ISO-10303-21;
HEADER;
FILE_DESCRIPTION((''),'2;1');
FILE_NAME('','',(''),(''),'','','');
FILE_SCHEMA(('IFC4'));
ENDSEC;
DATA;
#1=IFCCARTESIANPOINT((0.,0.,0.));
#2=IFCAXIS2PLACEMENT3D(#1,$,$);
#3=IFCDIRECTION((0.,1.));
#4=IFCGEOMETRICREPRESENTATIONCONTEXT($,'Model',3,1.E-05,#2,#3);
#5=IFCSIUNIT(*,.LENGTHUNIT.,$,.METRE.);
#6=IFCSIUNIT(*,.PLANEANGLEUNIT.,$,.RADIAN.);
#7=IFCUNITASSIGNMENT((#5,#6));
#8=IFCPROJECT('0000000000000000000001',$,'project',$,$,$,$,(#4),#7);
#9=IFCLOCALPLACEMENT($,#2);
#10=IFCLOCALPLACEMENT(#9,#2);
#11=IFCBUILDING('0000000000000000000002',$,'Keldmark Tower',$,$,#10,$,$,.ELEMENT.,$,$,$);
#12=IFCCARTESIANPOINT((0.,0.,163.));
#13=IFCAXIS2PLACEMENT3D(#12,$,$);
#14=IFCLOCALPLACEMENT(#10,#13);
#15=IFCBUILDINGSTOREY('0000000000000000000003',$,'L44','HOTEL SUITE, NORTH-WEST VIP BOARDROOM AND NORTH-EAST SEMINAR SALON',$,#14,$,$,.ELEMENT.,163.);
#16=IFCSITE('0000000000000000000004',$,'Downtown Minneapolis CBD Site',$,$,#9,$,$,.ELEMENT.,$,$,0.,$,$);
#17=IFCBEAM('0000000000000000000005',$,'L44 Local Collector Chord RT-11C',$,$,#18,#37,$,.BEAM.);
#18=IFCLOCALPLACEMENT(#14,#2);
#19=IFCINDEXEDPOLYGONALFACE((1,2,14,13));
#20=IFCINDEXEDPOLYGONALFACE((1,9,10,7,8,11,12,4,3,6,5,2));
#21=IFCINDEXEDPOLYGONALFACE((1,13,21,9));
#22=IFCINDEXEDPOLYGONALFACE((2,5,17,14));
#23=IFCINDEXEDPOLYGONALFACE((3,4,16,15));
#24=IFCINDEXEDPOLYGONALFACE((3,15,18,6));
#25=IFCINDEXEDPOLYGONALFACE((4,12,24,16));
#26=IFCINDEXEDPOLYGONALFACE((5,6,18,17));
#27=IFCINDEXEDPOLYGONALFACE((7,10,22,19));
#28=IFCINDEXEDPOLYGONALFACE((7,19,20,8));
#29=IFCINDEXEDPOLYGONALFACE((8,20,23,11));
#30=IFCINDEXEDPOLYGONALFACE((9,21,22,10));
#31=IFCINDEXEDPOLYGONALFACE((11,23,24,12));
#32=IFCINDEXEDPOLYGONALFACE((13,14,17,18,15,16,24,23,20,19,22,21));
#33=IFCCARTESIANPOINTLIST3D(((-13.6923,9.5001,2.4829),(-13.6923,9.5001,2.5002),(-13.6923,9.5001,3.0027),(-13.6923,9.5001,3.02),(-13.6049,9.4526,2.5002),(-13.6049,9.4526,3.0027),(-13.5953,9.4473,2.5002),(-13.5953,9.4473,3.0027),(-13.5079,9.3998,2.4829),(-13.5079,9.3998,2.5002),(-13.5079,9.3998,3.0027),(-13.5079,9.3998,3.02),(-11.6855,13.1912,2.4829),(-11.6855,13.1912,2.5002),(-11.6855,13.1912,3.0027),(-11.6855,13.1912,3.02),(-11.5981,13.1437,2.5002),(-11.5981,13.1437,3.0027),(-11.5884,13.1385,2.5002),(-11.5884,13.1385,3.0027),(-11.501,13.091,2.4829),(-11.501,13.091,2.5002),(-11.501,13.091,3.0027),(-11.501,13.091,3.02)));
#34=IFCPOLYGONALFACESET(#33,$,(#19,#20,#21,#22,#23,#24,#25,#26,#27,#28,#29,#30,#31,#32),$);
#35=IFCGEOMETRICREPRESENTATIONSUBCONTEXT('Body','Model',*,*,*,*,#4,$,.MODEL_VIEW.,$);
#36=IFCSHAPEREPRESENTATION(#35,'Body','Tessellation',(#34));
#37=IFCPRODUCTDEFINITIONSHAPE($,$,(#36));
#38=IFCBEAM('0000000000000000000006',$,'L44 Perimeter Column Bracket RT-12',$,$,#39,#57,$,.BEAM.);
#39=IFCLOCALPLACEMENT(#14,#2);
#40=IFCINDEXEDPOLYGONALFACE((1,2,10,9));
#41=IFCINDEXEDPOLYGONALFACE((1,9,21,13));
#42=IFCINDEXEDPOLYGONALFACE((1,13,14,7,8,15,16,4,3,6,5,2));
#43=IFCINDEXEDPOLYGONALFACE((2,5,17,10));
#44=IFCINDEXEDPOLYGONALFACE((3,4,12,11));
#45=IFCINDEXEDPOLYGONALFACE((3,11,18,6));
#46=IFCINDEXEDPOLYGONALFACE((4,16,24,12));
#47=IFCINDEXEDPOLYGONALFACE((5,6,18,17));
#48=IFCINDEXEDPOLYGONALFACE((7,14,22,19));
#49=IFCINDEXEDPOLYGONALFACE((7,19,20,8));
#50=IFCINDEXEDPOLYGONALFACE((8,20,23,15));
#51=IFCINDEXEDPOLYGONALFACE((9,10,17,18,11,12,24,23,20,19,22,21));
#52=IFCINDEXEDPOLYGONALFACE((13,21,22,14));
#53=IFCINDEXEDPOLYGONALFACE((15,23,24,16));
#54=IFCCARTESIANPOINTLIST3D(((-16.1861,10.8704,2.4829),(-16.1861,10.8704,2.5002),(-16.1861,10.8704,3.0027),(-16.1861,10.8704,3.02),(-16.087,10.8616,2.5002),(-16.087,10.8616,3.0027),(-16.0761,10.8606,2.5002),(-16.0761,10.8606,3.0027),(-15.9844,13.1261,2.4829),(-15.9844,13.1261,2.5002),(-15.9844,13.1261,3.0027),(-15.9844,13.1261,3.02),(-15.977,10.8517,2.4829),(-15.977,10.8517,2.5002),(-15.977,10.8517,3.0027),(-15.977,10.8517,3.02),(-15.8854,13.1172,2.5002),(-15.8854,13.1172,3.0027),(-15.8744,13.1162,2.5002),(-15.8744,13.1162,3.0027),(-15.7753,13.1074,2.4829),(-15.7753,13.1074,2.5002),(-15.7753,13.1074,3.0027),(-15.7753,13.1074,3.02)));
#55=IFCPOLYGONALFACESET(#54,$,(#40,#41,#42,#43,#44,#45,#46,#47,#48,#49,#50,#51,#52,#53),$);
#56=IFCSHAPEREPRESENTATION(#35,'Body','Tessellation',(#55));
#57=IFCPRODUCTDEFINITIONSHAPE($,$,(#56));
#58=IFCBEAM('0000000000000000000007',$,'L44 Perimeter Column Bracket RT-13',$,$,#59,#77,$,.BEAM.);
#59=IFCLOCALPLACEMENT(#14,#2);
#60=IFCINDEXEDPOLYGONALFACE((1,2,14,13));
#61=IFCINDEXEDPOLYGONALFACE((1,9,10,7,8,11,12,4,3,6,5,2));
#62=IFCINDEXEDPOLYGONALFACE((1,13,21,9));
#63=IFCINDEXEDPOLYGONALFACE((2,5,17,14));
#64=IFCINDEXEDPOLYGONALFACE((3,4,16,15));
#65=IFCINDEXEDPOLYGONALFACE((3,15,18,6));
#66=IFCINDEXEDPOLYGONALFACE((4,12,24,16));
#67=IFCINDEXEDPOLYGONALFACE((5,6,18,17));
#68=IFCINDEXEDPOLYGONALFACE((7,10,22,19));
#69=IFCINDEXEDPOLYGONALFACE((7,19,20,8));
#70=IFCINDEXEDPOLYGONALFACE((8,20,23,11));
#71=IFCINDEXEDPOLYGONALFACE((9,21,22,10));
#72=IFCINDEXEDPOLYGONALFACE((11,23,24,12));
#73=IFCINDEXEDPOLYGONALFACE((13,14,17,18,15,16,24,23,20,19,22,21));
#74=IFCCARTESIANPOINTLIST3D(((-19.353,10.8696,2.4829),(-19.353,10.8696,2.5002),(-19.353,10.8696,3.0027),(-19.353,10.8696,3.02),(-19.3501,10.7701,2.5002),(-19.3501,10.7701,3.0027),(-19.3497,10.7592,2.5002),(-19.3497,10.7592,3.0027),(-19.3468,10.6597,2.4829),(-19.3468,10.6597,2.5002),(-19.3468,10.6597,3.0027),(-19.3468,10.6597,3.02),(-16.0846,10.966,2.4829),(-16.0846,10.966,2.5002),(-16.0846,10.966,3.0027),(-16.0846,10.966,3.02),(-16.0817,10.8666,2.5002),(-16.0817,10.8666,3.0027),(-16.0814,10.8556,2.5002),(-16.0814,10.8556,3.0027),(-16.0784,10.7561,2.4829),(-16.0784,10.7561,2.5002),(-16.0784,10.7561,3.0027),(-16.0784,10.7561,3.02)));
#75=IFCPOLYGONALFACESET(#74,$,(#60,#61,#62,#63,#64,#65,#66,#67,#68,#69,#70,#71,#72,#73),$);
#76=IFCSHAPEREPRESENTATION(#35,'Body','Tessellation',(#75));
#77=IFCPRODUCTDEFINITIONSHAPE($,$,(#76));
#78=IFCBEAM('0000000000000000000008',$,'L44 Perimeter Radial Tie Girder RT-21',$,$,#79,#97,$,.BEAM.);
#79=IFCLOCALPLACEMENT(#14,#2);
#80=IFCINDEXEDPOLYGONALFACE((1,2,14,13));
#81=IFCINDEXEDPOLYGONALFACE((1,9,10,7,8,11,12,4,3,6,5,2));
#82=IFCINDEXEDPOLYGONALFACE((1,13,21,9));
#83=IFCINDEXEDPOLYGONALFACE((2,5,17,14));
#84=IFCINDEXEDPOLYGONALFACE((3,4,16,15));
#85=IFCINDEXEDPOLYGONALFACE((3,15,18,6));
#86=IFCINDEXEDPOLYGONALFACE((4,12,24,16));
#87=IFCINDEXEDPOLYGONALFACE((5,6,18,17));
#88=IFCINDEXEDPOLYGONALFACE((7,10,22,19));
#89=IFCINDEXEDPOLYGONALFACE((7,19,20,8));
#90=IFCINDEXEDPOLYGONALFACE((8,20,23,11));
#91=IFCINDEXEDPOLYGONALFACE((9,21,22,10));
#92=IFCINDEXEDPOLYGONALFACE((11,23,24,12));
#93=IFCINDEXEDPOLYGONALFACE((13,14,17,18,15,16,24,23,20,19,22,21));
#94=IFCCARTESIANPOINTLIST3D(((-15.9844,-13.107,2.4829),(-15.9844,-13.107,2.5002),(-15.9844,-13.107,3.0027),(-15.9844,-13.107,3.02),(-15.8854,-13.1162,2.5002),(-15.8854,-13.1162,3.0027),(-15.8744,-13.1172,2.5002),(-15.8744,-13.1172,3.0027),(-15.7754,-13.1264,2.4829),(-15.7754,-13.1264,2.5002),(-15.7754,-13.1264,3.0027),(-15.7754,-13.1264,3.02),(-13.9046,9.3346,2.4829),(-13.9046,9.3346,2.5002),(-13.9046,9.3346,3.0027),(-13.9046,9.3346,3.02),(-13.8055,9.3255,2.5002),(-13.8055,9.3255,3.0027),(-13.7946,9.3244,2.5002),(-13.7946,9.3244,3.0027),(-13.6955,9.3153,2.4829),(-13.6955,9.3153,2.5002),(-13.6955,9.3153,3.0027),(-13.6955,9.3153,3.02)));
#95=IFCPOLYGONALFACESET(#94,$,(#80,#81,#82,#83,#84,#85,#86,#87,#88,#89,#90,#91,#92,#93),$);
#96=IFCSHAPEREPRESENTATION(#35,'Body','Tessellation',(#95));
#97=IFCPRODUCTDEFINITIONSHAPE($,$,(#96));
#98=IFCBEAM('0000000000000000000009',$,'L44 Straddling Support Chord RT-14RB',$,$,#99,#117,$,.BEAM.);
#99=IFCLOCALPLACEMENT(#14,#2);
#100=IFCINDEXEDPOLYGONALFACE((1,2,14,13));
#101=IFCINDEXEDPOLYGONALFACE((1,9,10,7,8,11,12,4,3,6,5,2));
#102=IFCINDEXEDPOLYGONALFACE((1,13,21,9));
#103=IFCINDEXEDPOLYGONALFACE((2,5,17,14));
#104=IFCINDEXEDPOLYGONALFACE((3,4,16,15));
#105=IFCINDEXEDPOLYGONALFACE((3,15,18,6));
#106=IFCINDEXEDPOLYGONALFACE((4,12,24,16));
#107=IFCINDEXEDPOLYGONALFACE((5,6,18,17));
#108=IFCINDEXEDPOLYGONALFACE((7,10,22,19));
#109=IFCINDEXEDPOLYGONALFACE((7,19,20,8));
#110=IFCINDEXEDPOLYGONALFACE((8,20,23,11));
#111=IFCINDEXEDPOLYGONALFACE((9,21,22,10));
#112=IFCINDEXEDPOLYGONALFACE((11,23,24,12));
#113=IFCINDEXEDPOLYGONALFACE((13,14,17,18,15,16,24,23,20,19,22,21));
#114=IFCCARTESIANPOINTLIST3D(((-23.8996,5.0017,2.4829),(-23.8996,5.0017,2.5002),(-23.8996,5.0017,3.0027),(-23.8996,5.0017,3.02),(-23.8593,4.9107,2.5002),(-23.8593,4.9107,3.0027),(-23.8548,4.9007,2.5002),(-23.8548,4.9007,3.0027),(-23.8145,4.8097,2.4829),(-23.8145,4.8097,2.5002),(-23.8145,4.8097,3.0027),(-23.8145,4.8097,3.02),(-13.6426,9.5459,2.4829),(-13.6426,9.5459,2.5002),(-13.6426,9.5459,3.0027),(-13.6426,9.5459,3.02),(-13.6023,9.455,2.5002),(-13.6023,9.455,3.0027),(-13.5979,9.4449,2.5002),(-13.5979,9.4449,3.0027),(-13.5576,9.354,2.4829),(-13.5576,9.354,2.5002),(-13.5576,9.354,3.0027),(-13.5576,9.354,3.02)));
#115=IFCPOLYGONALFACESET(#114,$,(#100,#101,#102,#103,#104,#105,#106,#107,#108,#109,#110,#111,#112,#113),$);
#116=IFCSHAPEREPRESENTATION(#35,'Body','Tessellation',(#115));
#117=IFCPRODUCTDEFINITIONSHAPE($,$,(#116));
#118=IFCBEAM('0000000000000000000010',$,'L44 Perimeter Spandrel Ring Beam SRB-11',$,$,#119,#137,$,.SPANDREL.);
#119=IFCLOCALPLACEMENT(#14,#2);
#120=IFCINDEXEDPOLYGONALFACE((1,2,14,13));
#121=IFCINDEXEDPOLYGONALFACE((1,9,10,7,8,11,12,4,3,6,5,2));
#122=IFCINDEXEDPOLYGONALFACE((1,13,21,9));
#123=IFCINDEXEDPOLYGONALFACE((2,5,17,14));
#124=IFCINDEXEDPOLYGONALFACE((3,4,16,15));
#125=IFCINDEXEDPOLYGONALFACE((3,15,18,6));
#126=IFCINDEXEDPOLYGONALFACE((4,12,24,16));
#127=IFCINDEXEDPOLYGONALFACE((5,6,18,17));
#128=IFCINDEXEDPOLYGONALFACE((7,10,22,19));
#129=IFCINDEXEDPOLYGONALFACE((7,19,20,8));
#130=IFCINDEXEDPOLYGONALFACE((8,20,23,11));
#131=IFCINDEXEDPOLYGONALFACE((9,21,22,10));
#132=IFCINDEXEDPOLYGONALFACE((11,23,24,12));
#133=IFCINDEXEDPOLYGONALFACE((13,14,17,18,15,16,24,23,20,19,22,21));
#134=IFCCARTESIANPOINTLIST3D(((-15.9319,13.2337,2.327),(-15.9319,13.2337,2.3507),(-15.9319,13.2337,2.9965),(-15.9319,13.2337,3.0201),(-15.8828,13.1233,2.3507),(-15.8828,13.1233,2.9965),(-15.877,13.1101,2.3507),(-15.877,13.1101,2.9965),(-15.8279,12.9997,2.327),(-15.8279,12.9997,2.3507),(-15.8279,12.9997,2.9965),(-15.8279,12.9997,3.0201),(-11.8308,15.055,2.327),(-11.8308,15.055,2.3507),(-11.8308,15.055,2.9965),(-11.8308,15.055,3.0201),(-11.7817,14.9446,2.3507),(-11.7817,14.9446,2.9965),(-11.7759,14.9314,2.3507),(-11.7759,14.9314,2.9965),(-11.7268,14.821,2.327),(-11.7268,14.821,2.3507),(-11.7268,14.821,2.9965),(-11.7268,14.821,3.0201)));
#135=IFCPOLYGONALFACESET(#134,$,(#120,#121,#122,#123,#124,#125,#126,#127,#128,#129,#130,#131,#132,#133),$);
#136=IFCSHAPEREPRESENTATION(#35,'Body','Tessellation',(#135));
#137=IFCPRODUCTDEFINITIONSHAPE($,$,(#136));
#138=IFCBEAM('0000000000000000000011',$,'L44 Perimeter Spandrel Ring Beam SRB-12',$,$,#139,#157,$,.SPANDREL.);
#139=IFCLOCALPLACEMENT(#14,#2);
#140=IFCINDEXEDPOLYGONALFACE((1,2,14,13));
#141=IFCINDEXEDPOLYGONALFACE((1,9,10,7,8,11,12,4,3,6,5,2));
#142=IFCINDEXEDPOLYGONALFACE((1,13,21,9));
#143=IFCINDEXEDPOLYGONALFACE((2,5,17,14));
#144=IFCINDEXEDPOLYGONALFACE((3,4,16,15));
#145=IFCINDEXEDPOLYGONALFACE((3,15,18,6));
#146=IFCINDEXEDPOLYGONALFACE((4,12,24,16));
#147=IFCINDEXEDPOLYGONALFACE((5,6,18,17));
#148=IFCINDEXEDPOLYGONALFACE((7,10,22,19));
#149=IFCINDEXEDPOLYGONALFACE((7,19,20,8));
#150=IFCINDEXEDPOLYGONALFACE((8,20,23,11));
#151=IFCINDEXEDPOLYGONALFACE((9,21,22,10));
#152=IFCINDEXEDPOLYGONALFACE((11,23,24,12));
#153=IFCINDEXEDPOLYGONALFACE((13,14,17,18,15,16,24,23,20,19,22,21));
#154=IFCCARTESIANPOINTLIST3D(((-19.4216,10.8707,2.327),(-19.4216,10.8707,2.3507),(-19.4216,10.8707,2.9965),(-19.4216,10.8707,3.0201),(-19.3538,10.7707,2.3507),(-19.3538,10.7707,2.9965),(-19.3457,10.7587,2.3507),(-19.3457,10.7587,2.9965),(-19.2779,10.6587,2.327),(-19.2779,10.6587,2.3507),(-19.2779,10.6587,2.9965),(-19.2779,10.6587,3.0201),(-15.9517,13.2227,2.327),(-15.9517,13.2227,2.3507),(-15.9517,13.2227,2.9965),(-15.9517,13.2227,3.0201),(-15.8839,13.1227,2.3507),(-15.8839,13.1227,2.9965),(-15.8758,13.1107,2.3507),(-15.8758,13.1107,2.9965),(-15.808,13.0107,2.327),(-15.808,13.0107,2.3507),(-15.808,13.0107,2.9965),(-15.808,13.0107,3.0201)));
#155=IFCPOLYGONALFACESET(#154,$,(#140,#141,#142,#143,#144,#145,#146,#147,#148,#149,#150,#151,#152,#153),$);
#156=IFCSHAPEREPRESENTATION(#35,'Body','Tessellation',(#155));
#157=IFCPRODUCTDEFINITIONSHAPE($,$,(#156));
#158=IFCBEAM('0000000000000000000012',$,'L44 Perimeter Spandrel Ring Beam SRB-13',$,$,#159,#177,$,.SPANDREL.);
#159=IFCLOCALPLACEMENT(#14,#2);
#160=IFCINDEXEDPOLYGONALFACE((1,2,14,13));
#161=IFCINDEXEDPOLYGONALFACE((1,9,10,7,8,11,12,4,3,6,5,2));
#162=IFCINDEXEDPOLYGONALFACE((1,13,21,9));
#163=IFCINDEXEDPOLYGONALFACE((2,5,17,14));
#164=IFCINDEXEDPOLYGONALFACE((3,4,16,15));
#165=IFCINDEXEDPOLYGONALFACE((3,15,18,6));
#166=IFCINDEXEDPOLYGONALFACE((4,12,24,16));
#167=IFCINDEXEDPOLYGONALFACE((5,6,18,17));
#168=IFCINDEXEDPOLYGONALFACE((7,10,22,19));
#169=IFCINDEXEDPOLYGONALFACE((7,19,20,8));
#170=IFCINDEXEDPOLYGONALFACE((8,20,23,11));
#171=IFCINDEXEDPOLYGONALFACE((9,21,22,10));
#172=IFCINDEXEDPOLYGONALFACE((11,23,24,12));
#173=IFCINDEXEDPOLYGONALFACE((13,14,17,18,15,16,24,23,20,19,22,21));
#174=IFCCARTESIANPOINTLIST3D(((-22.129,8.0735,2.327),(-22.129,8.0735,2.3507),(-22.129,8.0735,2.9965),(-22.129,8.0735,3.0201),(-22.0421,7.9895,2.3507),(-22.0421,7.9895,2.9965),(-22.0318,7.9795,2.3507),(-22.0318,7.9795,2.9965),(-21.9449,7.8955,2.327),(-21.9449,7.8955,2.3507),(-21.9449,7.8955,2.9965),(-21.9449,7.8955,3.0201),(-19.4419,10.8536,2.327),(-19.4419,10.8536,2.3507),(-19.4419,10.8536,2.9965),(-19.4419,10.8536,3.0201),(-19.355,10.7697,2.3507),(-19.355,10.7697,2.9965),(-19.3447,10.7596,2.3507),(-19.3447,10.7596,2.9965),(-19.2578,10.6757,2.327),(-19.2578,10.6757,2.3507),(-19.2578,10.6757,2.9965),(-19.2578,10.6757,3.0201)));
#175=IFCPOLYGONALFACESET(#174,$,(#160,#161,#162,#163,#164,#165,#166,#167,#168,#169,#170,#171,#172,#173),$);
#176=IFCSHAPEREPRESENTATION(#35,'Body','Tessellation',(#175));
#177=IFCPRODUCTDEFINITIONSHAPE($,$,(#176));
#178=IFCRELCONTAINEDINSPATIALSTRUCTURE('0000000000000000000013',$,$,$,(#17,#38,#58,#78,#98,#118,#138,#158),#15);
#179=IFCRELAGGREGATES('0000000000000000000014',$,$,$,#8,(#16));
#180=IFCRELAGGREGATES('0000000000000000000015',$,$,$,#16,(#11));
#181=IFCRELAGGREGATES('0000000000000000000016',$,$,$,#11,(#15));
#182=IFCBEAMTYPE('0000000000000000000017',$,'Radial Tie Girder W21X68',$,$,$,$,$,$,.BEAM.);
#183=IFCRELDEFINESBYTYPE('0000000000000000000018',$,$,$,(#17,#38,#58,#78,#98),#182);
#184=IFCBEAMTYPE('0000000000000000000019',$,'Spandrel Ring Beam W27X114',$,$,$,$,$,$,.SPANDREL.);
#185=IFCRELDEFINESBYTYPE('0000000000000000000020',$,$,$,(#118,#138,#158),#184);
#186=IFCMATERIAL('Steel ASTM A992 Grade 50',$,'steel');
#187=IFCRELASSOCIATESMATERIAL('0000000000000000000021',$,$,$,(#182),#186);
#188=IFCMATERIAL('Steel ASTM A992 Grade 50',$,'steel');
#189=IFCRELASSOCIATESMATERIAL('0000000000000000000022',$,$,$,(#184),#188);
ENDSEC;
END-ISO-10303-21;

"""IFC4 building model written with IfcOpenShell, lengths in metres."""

from ifc_helpers import new_model, si_unit, direction, frame, origin, origin_2d, place, context, subcontext, project, spatial, i_section, extrude, material, material_profile, profile_set, type_object, element, save


model = new_model("IFC4")

# Units and contexts
model_context = context("Model", 3, precision=1e-05, world=origin(), true_north=direction((0.0, 1.0)))
body_context = subcontext(model_context, "Body", "Model", "MODEL_VIEW")
ifc_project = project(units=[si_unit("LENGTHUNIT", "METRE"), si_unit("PLANEANGLEUNIT", "RADIAN")], contexts=[model_context])

# Site, building, storey
site_placement = place(None, origin())
site = spatial("IfcSite", under=ifc_project, at=site_placement, Name="Downtown Minneapolis CBD Site", CompositionType="ELEMENT", RefElevation=0.0)
building_placement = place(site_placement, origin())
building = spatial("IfcBuilding", under=site, at=building_placement, Name="Keldmark Tower", CompositionType="ELEMENT")
storey_placement = place(building_placement, frame((0.0, 0.0, 163.0)))
storey = spatial("IfcBuildingStorey", under=building, at=storey_placement, Name="L44", Description="HOTEL SUITE, NORTH-WEST VIP BOARDROOM AND NORTH-EAST SEMINAR SALON", CompositionType="ELEMENT", Elevation=163.0)

# Beams
ifc_material_1 = material(Name="Steel ASTM A992 Grade 50", Category="steel")
ifc_material_profile_1 = material_profile(ifc_material_1, i_section(OverallWidth=0.21, OverallDepth=0.5371, WebThickness=0.011, FlangeThickness=0.0173, at=origin_2d()), Name="W21X68")
ifc_profile_set_1 = profile_set([ifc_material_profile_1], Name="Steel ASTM A992 Grade 50")
beam_type_1 = type_object("IfcBeamType", Name="Radial Tie Girder W21X68", PredefinedType="BEAM", material=ifc_profile_set_1)
beam_1_placement = place(storey_placement, frame((-13.6001, 9.45, 2.7515), z_axis=(0.477655, 0.878548, 0.0), x_axis=(-0.878548, 0.477655, 0.0)))
element("IfcBeam", 1, at=beam_1_placement, inside=storey, type_object=beam_type_1, Name="L44 Local Collector Chord RT-11C", PredefinedType="BEAM", context=body_context, shape_type="SweptSolid", body=[
    extrude(i_section(OverallWidth=0.21, OverallDepth=0.5371, WebThickness=0.011, FlangeThickness=0.0173, at=origin_2d()), origin(), (0.0, 0.0, 1.0), 4.2014),
])
beam_2_placement = place(storey_placement, frame((-16.0815, 10.8611, 2.7515), z_axis=(0.089048, 0.996027, 0.0), x_axis=(-0.996027, 0.089048, 0.0)))
element("IfcBeam", 2, at=beam_2_placement, inside=storey, type_object=beam_type_1, Name="L44 Perimeter Column Bracket RT-12", PredefinedType="BEAM", context=body_context, shape_type="SweptSolid", body=[
    extrude(i_section(OverallWidth=0.21, OverallDepth=0.5371, WebThickness=0.011, FlangeThickness=0.0173, at=origin_2d()), origin(), (0.0, 0.0, 1.0), 2.2646),
])
beam_3_placement = place(storey_placement, frame((-16.0815, 10.8611, 2.7515), z_axis=(-0.999565, -0.029493, 0.0), x_axis=(0.029493, -0.999565, 0.0)))
element("IfcBeam", 3, at=beam_3_placement, inside=storey, type_object=beam_type_1, Name="L44 Perimeter Column Bracket RT-13", PredefinedType="BEAM", context=body_context, shape_type="SweptSolid", body=[
    extrude(i_section(OverallWidth=0.21, OverallDepth=0.5371, WebThickness=0.011, FlangeThickness=0.0173, at=origin_2d()), origin(), (0.0, 0.0, 1.0), 3.2698),
])
beam_4_placement = place(storey_placement, frame((-13.8, 9.325, 2.7515), z_axis=(-0.092282, -0.995733, 0.0), x_axis=(0.995733, -0.092282, 0.0)))
element("IfcBeam", 4, at=beam_4_placement, inside=storey, type_object=beam_type_1, Name="L44 Perimeter Radial Tie Girder RT-21", PredefinedType="BEAM", context=body_context, shape_type="SweptSolid", body=[
    extrude(i_section(OverallWidth=0.21, OverallDepth=0.5371, WebThickness=0.011, FlangeThickness=0.0173, at=origin_2d()), origin(), (0.0, 0.0, 1.0), 22.5378),
])
beam_5_placement = place(storey_placement, frame((-13.6001, 9.45, 2.7515), z_axis=(-0.914287, -0.405066, 0.0), x_axis=(0.405066, -0.914287, 0.0)))
element("IfcBeam", 5, at=beam_5_placement, inside=storey, type_object=beam_type_1, Name="L44 Straddling Support Chord RT-14RB", PredefinedType="BEAM", context=body_context, shape_type="SweptSolid", body=[
    extrude(i_section(OverallWidth=0.21, OverallDepth=0.5371, WebThickness=0.011, FlangeThickness=0.0173, at=origin_2d()), origin(), (0.0, 0.0, 1.0), 11.2185),
])
ifc_material_2 = material(Name="Steel ASTM A992 Grade 50", Category="steel")
ifc_material_profile_2 = material_profile(ifc_material_2, i_section(OverallWidth=0.2561, OverallDepth=0.6931, WebThickness=0.0144, FlangeThickness=0.0237, at=origin_2d()), Name="W27X114")
ifc_profile_set_2 = profile_set([ifc_material_profile_2], Name="Steel ASTM A992 Grade 50")
beam_type_2 = type_object("IfcBeamType", Name="Spandrel Ring Beam W27X114", PredefinedType="SPANDREL", material=ifc_profile_set_2)
beam_6_placement = place(storey_placement, frame((-11.7788, 14.938, 2.6736), z_axis=(-0.913928, -0.405876, 0.0), x_axis=(0.405876, -0.913928, 0.0)))
element("IfcBeam", 6, at=beam_6_placement, inside=storey, type_object=beam_type_2, Name="L44 Perimeter Spandrel Ring Beam SRB-11", PredefinedType="SPANDREL", context=body_context, shape_type="SweptSolid", body=[
    extrude(i_section(OverallWidth=0.2561, OverallDepth=0.6931, WebThickness=0.0144, FlangeThickness=0.0237, at=origin_2d()), origin(), (0.0, 0.0, 1.0), 4.4873),
])
beam_7_placement = place(storey_placement, frame((-15.8799, 13.1167, 2.6736), z_axis=(-0.827761, -0.561081, 0.0), x_axis=(0.561081, -0.827761, 0.0)))
element("IfcBeam", 7, at=beam_7_placement, inside=storey, type_object=beam_type_2, Name="L44 Perimeter Spandrel Ring Beam SRB-12", PredefinedType="SPANDREL", context=body_context, shape_type="SweptSolid", body=[
    extrude(i_section(OverallWidth=0.2561, OverallDepth=0.6931, WebThickness=0.0144, FlangeThickness=0.0237, at=origin_2d()), origin(), (0.0, 0.0, 1.0), 4.1919),
])
beam_8_placement = place(storey_placement, frame((-19.3499, 10.7646, 2.6736), z_axis=(-0.694975, -0.719034, 0.0), x_axis=(0.719034, -0.694975, 0.0)))
element("IfcBeam", 8, at=beam_8_placement, inside=storey, type_object=beam_type_2, Name="L44 Perimeter Spandrel Ring Beam SRB-13", PredefinedType="SPANDREL", context=body_context, shape_type="SweptSolid", body=[
    extrude(i_section(OverallWidth=0.2561, OverallDepth=0.6931, WebThickness=0.0144, FlangeThickness=0.0237, at=origin_2d()), origin(), (0.0, 0.0, 1.0), 3.8665),
])

save(model, "model.ifc")
